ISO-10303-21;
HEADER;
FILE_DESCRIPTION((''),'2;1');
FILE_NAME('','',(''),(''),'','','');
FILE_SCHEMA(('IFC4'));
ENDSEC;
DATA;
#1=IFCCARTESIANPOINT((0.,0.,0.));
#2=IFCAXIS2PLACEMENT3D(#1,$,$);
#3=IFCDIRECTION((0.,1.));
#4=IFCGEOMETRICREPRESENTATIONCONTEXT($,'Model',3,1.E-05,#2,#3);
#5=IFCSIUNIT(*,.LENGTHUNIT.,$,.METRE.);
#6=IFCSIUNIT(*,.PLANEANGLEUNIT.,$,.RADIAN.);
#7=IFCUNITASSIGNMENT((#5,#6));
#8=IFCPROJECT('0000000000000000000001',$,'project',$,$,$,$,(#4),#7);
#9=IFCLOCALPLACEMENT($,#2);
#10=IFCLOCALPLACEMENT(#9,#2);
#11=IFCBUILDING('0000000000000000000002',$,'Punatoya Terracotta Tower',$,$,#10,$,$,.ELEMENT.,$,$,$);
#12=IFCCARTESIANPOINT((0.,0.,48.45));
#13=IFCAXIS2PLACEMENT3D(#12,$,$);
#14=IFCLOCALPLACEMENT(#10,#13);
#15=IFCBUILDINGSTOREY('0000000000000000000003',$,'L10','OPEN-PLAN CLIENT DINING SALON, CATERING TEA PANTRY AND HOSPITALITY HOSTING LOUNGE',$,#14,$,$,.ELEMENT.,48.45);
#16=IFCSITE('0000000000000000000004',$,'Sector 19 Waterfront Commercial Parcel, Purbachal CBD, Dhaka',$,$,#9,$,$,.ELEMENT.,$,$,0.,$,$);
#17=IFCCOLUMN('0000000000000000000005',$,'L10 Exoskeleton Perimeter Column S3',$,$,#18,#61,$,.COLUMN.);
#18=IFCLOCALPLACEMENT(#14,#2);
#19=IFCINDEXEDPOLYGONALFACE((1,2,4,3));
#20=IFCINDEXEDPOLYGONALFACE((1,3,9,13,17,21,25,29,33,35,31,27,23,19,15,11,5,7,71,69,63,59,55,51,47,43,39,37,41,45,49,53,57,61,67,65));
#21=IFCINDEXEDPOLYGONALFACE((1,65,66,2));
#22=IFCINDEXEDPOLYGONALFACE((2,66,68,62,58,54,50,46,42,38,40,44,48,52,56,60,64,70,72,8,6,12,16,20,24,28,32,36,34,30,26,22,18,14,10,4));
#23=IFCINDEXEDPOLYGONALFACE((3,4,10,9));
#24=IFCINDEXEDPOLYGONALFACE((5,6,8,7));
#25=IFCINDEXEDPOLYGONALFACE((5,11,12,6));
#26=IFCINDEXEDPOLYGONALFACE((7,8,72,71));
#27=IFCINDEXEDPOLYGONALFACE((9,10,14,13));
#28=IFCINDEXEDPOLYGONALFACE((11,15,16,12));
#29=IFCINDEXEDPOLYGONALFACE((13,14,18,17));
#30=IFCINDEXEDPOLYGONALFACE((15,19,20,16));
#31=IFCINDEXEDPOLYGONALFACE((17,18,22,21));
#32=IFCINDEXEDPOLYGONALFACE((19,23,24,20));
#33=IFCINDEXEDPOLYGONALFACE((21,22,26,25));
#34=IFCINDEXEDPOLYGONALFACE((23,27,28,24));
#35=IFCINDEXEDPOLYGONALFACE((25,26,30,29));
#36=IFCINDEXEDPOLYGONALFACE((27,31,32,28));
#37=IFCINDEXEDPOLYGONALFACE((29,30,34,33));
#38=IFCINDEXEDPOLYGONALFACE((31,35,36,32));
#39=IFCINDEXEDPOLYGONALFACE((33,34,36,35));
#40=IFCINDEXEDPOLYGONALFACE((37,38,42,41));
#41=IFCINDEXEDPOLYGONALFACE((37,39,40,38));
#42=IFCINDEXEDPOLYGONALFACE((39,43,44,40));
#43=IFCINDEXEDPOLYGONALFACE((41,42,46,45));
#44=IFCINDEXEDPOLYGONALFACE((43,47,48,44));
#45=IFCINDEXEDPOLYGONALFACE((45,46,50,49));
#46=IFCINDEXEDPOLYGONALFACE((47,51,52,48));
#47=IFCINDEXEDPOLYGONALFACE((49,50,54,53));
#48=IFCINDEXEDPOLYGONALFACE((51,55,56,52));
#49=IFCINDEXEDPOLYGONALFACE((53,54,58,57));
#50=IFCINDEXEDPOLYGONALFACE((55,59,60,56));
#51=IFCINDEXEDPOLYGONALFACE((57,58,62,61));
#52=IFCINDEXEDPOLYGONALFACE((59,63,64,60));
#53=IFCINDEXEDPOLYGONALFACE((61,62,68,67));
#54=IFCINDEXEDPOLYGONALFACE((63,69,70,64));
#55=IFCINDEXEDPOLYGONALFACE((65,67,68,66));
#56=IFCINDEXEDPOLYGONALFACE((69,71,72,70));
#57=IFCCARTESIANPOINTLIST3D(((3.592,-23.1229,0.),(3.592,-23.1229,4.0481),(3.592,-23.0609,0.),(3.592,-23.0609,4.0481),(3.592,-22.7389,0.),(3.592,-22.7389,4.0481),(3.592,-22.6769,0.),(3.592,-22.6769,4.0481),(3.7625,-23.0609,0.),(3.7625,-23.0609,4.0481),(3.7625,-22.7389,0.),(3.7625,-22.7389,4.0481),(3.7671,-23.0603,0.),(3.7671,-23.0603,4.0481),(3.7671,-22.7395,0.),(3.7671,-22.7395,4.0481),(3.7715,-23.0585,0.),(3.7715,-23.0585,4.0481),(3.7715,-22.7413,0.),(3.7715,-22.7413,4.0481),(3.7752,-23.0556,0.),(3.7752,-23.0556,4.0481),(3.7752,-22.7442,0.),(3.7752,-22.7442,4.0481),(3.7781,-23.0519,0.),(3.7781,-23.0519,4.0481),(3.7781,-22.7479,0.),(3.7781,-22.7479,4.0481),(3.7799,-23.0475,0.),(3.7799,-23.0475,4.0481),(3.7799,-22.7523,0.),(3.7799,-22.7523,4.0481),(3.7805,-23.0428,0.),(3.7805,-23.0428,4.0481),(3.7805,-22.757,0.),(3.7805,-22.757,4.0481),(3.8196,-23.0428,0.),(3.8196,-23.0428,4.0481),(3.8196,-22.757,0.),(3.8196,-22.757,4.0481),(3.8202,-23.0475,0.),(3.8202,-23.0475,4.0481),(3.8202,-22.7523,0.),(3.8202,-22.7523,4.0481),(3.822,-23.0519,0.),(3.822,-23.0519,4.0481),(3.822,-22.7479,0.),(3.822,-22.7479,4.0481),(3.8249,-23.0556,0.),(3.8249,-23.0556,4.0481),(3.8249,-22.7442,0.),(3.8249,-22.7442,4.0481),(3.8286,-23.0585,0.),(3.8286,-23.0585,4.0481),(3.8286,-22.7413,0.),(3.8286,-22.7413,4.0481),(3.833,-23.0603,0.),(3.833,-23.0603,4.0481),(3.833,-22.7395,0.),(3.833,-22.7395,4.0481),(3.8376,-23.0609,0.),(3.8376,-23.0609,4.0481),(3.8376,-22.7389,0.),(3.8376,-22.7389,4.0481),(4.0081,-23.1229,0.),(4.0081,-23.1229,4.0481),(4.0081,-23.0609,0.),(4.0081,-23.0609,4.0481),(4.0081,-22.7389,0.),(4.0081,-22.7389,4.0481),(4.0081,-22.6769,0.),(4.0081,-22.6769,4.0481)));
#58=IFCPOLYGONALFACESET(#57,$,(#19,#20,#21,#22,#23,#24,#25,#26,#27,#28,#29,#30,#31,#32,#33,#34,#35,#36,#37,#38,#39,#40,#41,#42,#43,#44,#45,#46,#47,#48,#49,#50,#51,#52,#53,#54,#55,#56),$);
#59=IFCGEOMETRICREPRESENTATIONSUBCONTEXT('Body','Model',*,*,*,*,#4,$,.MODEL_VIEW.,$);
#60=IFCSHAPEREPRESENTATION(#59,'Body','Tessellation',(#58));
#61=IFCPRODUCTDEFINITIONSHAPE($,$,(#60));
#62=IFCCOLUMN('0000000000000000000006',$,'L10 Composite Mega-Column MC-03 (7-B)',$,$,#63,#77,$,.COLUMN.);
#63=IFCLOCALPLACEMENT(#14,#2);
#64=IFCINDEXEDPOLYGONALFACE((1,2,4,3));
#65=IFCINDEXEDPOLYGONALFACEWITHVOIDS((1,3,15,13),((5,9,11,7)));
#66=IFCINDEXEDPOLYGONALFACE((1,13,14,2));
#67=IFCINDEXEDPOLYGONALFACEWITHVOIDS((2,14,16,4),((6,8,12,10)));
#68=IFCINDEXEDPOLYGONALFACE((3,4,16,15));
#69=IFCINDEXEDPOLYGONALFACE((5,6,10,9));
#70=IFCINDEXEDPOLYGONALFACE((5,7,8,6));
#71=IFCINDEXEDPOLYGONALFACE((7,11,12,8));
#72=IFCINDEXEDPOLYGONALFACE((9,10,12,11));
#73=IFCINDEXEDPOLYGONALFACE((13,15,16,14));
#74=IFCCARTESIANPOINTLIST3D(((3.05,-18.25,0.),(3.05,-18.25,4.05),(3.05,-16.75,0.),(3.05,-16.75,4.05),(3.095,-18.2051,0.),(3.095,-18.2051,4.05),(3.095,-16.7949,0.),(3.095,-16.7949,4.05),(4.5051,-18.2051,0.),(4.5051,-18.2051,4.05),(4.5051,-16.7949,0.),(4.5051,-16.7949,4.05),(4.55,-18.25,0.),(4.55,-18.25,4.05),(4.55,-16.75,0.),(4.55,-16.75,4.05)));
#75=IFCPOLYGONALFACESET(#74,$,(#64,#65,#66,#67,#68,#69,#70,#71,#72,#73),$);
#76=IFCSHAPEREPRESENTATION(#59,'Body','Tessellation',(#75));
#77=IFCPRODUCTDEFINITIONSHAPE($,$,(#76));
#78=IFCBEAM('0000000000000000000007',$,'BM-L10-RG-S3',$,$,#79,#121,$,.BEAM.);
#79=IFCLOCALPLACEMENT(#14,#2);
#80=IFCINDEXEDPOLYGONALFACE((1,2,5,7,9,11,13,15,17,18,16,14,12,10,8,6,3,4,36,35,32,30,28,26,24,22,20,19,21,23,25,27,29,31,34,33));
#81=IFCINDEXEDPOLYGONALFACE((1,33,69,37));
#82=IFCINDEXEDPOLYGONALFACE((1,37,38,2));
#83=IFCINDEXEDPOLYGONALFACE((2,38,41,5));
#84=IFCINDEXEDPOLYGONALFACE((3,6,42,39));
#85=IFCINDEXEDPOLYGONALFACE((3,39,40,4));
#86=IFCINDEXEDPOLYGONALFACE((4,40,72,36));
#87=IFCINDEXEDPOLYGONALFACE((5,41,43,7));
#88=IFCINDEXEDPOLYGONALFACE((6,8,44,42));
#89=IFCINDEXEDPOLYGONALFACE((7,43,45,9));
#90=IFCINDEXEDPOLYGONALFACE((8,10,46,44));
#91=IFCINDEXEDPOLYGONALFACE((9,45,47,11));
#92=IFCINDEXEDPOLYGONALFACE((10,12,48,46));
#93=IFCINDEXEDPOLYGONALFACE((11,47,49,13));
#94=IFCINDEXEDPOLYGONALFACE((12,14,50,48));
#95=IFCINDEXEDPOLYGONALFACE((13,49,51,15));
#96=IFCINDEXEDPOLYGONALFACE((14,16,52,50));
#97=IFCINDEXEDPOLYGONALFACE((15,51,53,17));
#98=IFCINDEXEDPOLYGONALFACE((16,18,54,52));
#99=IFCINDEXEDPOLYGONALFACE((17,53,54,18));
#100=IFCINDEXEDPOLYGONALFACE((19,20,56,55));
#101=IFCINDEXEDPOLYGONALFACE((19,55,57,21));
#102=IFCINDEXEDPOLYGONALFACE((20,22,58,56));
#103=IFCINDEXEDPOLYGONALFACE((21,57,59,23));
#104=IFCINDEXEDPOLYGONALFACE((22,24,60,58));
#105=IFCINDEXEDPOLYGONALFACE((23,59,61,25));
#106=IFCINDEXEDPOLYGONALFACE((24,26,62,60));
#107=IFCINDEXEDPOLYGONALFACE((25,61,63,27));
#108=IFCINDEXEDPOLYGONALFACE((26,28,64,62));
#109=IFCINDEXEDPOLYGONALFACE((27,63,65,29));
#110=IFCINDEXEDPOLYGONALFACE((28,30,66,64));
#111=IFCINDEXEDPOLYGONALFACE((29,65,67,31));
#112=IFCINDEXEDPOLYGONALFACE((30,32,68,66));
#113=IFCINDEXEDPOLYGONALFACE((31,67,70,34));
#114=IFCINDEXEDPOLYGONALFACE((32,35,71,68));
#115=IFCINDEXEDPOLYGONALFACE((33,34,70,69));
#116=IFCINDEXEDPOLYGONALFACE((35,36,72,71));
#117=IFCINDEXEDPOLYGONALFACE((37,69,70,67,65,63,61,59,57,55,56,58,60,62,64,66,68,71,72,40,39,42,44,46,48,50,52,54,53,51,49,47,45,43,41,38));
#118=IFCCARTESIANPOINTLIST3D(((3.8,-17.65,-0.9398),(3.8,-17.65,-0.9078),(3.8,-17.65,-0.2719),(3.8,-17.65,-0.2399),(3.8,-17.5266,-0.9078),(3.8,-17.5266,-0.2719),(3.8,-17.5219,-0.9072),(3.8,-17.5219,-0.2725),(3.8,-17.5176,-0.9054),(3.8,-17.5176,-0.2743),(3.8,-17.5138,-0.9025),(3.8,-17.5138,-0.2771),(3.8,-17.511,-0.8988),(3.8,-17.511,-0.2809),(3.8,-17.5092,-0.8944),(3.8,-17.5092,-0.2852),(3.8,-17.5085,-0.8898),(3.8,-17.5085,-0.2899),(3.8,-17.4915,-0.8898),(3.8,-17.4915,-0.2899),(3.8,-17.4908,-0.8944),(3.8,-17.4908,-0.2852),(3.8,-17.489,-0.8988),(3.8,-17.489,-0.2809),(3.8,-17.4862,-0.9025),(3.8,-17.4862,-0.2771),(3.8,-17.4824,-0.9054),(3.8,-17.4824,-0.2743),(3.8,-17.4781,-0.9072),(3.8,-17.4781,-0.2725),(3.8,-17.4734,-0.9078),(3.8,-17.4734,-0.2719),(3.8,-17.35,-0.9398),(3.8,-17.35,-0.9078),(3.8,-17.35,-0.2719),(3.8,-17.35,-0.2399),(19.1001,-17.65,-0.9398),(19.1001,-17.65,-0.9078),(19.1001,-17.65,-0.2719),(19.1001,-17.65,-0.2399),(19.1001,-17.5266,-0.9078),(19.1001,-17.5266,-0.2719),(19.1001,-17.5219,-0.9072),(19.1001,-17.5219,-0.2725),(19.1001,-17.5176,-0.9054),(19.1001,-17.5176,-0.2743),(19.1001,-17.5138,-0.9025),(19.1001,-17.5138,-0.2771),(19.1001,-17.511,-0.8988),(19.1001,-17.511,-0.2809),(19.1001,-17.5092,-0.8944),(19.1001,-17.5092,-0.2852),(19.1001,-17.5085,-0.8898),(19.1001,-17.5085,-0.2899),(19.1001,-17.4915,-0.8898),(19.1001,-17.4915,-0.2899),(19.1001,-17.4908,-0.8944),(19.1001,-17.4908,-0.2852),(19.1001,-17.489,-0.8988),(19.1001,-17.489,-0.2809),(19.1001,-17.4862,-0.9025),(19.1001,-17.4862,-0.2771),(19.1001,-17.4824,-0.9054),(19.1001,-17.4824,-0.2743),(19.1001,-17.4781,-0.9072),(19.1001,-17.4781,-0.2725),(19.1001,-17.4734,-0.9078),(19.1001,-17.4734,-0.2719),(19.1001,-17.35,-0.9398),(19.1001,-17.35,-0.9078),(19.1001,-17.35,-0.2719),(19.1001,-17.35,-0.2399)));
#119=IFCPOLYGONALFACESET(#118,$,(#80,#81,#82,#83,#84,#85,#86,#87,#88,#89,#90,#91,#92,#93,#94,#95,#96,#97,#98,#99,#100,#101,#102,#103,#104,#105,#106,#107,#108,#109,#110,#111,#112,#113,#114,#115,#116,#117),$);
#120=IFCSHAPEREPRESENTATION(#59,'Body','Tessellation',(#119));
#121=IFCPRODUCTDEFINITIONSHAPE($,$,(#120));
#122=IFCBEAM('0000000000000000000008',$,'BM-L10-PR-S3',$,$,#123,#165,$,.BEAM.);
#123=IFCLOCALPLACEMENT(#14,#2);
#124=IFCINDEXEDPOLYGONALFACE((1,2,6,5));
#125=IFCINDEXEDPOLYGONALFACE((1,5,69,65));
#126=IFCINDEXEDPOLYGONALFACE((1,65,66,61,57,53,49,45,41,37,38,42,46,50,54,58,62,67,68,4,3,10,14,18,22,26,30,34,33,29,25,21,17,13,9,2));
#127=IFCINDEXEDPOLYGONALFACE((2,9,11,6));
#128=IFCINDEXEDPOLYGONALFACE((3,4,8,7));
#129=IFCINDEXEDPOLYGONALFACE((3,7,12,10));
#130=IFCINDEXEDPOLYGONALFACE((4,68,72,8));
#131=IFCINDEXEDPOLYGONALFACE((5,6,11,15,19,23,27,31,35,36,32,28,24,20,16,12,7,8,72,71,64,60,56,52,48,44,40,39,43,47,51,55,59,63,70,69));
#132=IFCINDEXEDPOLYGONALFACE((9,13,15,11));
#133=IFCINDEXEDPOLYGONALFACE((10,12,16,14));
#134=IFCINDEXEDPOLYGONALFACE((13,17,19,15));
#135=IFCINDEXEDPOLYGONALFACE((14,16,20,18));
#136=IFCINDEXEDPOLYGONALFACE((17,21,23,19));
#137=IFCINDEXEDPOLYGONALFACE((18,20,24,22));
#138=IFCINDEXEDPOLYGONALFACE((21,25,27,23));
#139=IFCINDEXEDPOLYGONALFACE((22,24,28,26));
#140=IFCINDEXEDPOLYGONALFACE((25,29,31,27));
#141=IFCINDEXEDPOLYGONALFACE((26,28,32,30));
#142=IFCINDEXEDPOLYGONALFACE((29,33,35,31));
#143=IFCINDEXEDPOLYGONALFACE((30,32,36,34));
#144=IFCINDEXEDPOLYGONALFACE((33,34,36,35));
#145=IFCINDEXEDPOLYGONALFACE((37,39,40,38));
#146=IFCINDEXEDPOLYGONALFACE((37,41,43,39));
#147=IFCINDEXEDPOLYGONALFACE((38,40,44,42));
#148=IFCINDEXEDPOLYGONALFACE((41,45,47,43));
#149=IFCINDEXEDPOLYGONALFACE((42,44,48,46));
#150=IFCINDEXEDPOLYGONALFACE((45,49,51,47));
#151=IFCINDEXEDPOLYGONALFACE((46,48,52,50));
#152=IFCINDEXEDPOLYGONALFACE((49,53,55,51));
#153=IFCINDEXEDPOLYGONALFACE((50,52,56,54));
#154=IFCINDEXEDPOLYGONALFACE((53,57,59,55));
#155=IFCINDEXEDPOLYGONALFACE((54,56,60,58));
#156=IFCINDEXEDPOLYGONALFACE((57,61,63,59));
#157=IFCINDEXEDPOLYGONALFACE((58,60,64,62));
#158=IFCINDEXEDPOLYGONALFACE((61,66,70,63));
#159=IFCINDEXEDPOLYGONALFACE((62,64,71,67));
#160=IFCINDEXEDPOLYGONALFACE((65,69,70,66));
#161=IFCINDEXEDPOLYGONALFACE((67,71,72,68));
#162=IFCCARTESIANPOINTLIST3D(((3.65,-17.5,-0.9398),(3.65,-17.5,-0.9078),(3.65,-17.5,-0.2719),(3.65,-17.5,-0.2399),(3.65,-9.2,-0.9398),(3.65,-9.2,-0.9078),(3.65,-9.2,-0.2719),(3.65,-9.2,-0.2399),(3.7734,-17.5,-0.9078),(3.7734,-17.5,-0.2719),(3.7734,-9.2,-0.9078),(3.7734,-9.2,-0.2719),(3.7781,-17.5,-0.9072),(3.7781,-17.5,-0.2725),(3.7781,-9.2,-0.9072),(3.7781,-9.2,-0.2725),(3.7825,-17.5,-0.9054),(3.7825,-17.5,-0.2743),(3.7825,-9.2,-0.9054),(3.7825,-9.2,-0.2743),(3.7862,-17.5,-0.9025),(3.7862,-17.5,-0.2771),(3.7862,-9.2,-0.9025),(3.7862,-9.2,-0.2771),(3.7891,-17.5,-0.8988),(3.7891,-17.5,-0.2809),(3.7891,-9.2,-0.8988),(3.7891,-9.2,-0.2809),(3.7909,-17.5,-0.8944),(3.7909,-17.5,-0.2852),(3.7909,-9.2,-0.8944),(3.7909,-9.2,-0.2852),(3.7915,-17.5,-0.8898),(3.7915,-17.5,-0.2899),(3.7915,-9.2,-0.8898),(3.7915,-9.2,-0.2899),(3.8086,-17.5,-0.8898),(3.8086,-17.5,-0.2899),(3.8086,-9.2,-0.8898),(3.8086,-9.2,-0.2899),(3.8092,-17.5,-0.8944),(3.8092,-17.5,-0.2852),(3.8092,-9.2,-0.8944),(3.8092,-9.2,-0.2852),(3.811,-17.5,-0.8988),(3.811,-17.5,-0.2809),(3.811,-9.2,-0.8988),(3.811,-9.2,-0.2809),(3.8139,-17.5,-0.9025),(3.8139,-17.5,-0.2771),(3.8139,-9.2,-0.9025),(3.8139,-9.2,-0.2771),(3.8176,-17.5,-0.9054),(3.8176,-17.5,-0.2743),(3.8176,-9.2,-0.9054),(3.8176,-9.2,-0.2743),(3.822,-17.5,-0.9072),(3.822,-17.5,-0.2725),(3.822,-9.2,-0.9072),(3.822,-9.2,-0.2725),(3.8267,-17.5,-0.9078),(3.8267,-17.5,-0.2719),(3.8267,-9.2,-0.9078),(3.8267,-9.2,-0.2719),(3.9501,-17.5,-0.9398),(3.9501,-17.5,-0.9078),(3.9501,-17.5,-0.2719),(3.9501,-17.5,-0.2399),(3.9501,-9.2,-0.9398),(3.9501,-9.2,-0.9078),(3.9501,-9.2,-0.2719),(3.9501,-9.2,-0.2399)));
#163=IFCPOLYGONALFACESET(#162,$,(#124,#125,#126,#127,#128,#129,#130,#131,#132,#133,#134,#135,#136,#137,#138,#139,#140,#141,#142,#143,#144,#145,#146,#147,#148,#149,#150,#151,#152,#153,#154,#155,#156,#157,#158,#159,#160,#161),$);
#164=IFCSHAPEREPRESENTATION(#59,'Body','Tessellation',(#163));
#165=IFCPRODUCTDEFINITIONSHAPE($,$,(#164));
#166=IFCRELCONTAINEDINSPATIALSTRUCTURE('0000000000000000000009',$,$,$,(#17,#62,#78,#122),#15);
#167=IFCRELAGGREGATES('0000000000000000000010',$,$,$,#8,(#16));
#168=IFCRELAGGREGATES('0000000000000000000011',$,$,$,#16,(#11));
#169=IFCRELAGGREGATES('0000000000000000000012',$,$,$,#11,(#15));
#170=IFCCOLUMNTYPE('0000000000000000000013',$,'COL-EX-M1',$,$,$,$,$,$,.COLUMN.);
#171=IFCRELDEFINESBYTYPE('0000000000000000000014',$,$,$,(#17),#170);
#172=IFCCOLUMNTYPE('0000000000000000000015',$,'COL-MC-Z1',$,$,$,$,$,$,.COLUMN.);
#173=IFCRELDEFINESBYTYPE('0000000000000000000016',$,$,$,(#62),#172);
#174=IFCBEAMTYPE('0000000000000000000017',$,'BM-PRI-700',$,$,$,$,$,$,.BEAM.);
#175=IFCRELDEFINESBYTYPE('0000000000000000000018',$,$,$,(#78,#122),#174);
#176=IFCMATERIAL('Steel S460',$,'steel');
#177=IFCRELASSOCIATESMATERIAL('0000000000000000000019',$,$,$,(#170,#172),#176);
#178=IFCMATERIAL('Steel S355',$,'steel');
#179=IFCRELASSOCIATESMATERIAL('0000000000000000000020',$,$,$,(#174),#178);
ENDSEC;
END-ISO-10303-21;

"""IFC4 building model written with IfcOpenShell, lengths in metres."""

from ifc_helpers import new_model, si_unit, direction, frame, origin, origin_2d, place, context, subcontext, project, spatial, hollow_rectangle, i_section, extrude, material, material_profile, profile_set, type_object, element, save


model = new_model("IFC4")

# Units and contexts
model_context = context("Model", 3, precision=1e-05, world=origin(), true_north=direction((0.0, 1.0)))
body_context = subcontext(model_context, "Body", "Model", "MODEL_VIEW")
ifc_project = project(units=[si_unit("LENGTHUNIT", "METRE"), si_unit("PLANEANGLEUNIT", "RADIAN")], contexts=[model_context])

# Site, building, storey
site_placement = place(None, origin())
site = spatial("IfcSite", under=ifc_project, at=site_placement, Name="Sector 19 Waterfront Commercial Parcel, Purbachal CBD, Dhaka", CompositionType="ELEMENT", RefElevation=0.0)
building_placement = place(site_placement, origin())
building = spatial("IfcBuilding", under=site, at=building_placement, Name="Punatoya Terracotta Tower", CompositionType="ELEMENT")
storey_placement = place(building_placement, frame((0.0, 0.0, 48.45)))
storey = spatial("IfcBuildingStorey", under=building, at=storey_placement, Name="L10", Description="OPEN-PLAN CLIENT DINING SALON, CATERING TEA PANTRY AND HOSPITALITY HOSTING LOUNGE", CompositionType="ELEMENT", Elevation=48.45)

# Columns
ifc_material_1 = material(Name="Steel S460", Category="steel")
ifc_material_profile_1 = material_profile(ifc_material_1, i_section(OverallWidth=0.416, OverallDepth=0.446, WebThickness=0.0391, FlangeThickness=0.062, FilletRadius=0.0181, at=origin_2d()))
ifc_profile_set_1 = profile_set([ifc_material_profile_1], Name="Steel S460")
column_type_1 = type_object("IfcColumnType", Name="COL-EX-M1", PredefinedType="COLUMN", material=ifc_profile_set_1)
column_1_placement = place(storey_placement, frame((3.8, -22.8999, 0.0), z_axis=(0.0, 0.0, 1.0), x_axis=(1.0, 0.0, 0.0)))
element("IfcColumn", 1, at=column_1_placement, inside=storey, type_object=column_type_1, Name="L10 Exoskeleton Perimeter Column S3", PredefinedType="COLUMN", context=body_context, shape_type="SweptSolid", body=[
    extrude(i_section(OverallWidth=0.416, OverallDepth=0.446, WebThickness=0.0391, FlangeThickness=0.062, FilletRadius=0.0181, at=origin_2d()), origin(), (0.0, 0.0, 1.0), 4.0481),
])
ifc_material_profile_2 = material_profile(ifc_material_1, hollow_rectangle(XDim=1.5, YDim=1.5, WallThickness=0.0449, at=origin_2d()))
ifc_profile_set_2 = profile_set([ifc_material_profile_2], Name="Steel S460")
column_type_2 = type_object("IfcColumnType", Name="COL-MC-Z1", PredefinedType="COLUMN", material=ifc_profile_set_2)
column_2_placement = place(storey_placement, frame((3.8, -17.5, 0.0), z_axis=(0.0, 0.0, 1.0), x_axis=(1.0, 0.0, 0.0)))
element("IfcColumn", 2, at=column_2_placement, inside=storey, type_object=column_type_2, Name="L10 Composite Mega-Column MC-03 (7-B)", PredefinedType="COLUMN", context=body_context, shape_type="SweptSolid", body=[
    extrude(hollow_rectangle(XDim=1.5, YDim=1.5, WallThickness=0.0449, at=origin_2d()), origin(), (0.0, 0.0, 1.0), 4.05),
])

# Beams
ifc_material_2 = material(Name="Steel S355", Category="steel")
ifc_material_profile_3 = material_profile(ifc_material_2, i_section(OverallWidth=0.3, OverallDepth=0.7, WebThickness=0.0171, FlangeThickness=0.032, FilletRadius=0.0181, at=origin_2d()))
ifc_profile_set_3 = profile_set([ifc_material_profile_3], Name="Steel S355")
beam_type_1 = type_object("IfcBeamType", Name="BM-PRI-700", PredefinedType="BEAM", material=ifc_profile_set_3)
beam_1_placement = place(storey_placement, frame((3.8, -17.5, -0.5898), z_axis=(1.0, 0.0, 0.0), x_axis=(0.0, 1.0, 0.0)))
element("IfcBeam", 3, at=beam_1_placement, inside=storey, type_object=beam_type_1, Name="BM-L10-RG-S3", PredefinedType="BEAM", context=body_context, shape_type="SweptSolid", body=[
    extrude(i_section(OverallWidth=0.3, OverallDepth=0.7, WebThickness=0.0171, FlangeThickness=0.032, FilletRadius=0.0181, at=origin_2d()), origin(), (0.0, 0.0, 1.0), 15.3),
])
for number, where, z_axis, x_axis, name in (
    (4, (3.8, -17.5, -0.5898), (0.0, 1.0, 0.0), (-1.0, 0.0, 0.0), "BM-L10-PR-S3"),
):
    element("IfcBeam", number, at=place(storey_placement, frame(where, z_axis=z_axis, x_axis=x_axis)), inside=storey, type_object=beam_type_1, Name=name, PredefinedType="BEAM", context=body_context, shape_type="SweptSolid", body=[
        extrude(i_section(OverallWidth=0.3, OverallDepth=0.7, WebThickness=0.0171, FlangeThickness=0.032, FilletRadius=0.0181, at=origin_2d()), origin(), (0.0, 0.0, 1.0), 8.3),
    ])

save(model, "model.ifc")
